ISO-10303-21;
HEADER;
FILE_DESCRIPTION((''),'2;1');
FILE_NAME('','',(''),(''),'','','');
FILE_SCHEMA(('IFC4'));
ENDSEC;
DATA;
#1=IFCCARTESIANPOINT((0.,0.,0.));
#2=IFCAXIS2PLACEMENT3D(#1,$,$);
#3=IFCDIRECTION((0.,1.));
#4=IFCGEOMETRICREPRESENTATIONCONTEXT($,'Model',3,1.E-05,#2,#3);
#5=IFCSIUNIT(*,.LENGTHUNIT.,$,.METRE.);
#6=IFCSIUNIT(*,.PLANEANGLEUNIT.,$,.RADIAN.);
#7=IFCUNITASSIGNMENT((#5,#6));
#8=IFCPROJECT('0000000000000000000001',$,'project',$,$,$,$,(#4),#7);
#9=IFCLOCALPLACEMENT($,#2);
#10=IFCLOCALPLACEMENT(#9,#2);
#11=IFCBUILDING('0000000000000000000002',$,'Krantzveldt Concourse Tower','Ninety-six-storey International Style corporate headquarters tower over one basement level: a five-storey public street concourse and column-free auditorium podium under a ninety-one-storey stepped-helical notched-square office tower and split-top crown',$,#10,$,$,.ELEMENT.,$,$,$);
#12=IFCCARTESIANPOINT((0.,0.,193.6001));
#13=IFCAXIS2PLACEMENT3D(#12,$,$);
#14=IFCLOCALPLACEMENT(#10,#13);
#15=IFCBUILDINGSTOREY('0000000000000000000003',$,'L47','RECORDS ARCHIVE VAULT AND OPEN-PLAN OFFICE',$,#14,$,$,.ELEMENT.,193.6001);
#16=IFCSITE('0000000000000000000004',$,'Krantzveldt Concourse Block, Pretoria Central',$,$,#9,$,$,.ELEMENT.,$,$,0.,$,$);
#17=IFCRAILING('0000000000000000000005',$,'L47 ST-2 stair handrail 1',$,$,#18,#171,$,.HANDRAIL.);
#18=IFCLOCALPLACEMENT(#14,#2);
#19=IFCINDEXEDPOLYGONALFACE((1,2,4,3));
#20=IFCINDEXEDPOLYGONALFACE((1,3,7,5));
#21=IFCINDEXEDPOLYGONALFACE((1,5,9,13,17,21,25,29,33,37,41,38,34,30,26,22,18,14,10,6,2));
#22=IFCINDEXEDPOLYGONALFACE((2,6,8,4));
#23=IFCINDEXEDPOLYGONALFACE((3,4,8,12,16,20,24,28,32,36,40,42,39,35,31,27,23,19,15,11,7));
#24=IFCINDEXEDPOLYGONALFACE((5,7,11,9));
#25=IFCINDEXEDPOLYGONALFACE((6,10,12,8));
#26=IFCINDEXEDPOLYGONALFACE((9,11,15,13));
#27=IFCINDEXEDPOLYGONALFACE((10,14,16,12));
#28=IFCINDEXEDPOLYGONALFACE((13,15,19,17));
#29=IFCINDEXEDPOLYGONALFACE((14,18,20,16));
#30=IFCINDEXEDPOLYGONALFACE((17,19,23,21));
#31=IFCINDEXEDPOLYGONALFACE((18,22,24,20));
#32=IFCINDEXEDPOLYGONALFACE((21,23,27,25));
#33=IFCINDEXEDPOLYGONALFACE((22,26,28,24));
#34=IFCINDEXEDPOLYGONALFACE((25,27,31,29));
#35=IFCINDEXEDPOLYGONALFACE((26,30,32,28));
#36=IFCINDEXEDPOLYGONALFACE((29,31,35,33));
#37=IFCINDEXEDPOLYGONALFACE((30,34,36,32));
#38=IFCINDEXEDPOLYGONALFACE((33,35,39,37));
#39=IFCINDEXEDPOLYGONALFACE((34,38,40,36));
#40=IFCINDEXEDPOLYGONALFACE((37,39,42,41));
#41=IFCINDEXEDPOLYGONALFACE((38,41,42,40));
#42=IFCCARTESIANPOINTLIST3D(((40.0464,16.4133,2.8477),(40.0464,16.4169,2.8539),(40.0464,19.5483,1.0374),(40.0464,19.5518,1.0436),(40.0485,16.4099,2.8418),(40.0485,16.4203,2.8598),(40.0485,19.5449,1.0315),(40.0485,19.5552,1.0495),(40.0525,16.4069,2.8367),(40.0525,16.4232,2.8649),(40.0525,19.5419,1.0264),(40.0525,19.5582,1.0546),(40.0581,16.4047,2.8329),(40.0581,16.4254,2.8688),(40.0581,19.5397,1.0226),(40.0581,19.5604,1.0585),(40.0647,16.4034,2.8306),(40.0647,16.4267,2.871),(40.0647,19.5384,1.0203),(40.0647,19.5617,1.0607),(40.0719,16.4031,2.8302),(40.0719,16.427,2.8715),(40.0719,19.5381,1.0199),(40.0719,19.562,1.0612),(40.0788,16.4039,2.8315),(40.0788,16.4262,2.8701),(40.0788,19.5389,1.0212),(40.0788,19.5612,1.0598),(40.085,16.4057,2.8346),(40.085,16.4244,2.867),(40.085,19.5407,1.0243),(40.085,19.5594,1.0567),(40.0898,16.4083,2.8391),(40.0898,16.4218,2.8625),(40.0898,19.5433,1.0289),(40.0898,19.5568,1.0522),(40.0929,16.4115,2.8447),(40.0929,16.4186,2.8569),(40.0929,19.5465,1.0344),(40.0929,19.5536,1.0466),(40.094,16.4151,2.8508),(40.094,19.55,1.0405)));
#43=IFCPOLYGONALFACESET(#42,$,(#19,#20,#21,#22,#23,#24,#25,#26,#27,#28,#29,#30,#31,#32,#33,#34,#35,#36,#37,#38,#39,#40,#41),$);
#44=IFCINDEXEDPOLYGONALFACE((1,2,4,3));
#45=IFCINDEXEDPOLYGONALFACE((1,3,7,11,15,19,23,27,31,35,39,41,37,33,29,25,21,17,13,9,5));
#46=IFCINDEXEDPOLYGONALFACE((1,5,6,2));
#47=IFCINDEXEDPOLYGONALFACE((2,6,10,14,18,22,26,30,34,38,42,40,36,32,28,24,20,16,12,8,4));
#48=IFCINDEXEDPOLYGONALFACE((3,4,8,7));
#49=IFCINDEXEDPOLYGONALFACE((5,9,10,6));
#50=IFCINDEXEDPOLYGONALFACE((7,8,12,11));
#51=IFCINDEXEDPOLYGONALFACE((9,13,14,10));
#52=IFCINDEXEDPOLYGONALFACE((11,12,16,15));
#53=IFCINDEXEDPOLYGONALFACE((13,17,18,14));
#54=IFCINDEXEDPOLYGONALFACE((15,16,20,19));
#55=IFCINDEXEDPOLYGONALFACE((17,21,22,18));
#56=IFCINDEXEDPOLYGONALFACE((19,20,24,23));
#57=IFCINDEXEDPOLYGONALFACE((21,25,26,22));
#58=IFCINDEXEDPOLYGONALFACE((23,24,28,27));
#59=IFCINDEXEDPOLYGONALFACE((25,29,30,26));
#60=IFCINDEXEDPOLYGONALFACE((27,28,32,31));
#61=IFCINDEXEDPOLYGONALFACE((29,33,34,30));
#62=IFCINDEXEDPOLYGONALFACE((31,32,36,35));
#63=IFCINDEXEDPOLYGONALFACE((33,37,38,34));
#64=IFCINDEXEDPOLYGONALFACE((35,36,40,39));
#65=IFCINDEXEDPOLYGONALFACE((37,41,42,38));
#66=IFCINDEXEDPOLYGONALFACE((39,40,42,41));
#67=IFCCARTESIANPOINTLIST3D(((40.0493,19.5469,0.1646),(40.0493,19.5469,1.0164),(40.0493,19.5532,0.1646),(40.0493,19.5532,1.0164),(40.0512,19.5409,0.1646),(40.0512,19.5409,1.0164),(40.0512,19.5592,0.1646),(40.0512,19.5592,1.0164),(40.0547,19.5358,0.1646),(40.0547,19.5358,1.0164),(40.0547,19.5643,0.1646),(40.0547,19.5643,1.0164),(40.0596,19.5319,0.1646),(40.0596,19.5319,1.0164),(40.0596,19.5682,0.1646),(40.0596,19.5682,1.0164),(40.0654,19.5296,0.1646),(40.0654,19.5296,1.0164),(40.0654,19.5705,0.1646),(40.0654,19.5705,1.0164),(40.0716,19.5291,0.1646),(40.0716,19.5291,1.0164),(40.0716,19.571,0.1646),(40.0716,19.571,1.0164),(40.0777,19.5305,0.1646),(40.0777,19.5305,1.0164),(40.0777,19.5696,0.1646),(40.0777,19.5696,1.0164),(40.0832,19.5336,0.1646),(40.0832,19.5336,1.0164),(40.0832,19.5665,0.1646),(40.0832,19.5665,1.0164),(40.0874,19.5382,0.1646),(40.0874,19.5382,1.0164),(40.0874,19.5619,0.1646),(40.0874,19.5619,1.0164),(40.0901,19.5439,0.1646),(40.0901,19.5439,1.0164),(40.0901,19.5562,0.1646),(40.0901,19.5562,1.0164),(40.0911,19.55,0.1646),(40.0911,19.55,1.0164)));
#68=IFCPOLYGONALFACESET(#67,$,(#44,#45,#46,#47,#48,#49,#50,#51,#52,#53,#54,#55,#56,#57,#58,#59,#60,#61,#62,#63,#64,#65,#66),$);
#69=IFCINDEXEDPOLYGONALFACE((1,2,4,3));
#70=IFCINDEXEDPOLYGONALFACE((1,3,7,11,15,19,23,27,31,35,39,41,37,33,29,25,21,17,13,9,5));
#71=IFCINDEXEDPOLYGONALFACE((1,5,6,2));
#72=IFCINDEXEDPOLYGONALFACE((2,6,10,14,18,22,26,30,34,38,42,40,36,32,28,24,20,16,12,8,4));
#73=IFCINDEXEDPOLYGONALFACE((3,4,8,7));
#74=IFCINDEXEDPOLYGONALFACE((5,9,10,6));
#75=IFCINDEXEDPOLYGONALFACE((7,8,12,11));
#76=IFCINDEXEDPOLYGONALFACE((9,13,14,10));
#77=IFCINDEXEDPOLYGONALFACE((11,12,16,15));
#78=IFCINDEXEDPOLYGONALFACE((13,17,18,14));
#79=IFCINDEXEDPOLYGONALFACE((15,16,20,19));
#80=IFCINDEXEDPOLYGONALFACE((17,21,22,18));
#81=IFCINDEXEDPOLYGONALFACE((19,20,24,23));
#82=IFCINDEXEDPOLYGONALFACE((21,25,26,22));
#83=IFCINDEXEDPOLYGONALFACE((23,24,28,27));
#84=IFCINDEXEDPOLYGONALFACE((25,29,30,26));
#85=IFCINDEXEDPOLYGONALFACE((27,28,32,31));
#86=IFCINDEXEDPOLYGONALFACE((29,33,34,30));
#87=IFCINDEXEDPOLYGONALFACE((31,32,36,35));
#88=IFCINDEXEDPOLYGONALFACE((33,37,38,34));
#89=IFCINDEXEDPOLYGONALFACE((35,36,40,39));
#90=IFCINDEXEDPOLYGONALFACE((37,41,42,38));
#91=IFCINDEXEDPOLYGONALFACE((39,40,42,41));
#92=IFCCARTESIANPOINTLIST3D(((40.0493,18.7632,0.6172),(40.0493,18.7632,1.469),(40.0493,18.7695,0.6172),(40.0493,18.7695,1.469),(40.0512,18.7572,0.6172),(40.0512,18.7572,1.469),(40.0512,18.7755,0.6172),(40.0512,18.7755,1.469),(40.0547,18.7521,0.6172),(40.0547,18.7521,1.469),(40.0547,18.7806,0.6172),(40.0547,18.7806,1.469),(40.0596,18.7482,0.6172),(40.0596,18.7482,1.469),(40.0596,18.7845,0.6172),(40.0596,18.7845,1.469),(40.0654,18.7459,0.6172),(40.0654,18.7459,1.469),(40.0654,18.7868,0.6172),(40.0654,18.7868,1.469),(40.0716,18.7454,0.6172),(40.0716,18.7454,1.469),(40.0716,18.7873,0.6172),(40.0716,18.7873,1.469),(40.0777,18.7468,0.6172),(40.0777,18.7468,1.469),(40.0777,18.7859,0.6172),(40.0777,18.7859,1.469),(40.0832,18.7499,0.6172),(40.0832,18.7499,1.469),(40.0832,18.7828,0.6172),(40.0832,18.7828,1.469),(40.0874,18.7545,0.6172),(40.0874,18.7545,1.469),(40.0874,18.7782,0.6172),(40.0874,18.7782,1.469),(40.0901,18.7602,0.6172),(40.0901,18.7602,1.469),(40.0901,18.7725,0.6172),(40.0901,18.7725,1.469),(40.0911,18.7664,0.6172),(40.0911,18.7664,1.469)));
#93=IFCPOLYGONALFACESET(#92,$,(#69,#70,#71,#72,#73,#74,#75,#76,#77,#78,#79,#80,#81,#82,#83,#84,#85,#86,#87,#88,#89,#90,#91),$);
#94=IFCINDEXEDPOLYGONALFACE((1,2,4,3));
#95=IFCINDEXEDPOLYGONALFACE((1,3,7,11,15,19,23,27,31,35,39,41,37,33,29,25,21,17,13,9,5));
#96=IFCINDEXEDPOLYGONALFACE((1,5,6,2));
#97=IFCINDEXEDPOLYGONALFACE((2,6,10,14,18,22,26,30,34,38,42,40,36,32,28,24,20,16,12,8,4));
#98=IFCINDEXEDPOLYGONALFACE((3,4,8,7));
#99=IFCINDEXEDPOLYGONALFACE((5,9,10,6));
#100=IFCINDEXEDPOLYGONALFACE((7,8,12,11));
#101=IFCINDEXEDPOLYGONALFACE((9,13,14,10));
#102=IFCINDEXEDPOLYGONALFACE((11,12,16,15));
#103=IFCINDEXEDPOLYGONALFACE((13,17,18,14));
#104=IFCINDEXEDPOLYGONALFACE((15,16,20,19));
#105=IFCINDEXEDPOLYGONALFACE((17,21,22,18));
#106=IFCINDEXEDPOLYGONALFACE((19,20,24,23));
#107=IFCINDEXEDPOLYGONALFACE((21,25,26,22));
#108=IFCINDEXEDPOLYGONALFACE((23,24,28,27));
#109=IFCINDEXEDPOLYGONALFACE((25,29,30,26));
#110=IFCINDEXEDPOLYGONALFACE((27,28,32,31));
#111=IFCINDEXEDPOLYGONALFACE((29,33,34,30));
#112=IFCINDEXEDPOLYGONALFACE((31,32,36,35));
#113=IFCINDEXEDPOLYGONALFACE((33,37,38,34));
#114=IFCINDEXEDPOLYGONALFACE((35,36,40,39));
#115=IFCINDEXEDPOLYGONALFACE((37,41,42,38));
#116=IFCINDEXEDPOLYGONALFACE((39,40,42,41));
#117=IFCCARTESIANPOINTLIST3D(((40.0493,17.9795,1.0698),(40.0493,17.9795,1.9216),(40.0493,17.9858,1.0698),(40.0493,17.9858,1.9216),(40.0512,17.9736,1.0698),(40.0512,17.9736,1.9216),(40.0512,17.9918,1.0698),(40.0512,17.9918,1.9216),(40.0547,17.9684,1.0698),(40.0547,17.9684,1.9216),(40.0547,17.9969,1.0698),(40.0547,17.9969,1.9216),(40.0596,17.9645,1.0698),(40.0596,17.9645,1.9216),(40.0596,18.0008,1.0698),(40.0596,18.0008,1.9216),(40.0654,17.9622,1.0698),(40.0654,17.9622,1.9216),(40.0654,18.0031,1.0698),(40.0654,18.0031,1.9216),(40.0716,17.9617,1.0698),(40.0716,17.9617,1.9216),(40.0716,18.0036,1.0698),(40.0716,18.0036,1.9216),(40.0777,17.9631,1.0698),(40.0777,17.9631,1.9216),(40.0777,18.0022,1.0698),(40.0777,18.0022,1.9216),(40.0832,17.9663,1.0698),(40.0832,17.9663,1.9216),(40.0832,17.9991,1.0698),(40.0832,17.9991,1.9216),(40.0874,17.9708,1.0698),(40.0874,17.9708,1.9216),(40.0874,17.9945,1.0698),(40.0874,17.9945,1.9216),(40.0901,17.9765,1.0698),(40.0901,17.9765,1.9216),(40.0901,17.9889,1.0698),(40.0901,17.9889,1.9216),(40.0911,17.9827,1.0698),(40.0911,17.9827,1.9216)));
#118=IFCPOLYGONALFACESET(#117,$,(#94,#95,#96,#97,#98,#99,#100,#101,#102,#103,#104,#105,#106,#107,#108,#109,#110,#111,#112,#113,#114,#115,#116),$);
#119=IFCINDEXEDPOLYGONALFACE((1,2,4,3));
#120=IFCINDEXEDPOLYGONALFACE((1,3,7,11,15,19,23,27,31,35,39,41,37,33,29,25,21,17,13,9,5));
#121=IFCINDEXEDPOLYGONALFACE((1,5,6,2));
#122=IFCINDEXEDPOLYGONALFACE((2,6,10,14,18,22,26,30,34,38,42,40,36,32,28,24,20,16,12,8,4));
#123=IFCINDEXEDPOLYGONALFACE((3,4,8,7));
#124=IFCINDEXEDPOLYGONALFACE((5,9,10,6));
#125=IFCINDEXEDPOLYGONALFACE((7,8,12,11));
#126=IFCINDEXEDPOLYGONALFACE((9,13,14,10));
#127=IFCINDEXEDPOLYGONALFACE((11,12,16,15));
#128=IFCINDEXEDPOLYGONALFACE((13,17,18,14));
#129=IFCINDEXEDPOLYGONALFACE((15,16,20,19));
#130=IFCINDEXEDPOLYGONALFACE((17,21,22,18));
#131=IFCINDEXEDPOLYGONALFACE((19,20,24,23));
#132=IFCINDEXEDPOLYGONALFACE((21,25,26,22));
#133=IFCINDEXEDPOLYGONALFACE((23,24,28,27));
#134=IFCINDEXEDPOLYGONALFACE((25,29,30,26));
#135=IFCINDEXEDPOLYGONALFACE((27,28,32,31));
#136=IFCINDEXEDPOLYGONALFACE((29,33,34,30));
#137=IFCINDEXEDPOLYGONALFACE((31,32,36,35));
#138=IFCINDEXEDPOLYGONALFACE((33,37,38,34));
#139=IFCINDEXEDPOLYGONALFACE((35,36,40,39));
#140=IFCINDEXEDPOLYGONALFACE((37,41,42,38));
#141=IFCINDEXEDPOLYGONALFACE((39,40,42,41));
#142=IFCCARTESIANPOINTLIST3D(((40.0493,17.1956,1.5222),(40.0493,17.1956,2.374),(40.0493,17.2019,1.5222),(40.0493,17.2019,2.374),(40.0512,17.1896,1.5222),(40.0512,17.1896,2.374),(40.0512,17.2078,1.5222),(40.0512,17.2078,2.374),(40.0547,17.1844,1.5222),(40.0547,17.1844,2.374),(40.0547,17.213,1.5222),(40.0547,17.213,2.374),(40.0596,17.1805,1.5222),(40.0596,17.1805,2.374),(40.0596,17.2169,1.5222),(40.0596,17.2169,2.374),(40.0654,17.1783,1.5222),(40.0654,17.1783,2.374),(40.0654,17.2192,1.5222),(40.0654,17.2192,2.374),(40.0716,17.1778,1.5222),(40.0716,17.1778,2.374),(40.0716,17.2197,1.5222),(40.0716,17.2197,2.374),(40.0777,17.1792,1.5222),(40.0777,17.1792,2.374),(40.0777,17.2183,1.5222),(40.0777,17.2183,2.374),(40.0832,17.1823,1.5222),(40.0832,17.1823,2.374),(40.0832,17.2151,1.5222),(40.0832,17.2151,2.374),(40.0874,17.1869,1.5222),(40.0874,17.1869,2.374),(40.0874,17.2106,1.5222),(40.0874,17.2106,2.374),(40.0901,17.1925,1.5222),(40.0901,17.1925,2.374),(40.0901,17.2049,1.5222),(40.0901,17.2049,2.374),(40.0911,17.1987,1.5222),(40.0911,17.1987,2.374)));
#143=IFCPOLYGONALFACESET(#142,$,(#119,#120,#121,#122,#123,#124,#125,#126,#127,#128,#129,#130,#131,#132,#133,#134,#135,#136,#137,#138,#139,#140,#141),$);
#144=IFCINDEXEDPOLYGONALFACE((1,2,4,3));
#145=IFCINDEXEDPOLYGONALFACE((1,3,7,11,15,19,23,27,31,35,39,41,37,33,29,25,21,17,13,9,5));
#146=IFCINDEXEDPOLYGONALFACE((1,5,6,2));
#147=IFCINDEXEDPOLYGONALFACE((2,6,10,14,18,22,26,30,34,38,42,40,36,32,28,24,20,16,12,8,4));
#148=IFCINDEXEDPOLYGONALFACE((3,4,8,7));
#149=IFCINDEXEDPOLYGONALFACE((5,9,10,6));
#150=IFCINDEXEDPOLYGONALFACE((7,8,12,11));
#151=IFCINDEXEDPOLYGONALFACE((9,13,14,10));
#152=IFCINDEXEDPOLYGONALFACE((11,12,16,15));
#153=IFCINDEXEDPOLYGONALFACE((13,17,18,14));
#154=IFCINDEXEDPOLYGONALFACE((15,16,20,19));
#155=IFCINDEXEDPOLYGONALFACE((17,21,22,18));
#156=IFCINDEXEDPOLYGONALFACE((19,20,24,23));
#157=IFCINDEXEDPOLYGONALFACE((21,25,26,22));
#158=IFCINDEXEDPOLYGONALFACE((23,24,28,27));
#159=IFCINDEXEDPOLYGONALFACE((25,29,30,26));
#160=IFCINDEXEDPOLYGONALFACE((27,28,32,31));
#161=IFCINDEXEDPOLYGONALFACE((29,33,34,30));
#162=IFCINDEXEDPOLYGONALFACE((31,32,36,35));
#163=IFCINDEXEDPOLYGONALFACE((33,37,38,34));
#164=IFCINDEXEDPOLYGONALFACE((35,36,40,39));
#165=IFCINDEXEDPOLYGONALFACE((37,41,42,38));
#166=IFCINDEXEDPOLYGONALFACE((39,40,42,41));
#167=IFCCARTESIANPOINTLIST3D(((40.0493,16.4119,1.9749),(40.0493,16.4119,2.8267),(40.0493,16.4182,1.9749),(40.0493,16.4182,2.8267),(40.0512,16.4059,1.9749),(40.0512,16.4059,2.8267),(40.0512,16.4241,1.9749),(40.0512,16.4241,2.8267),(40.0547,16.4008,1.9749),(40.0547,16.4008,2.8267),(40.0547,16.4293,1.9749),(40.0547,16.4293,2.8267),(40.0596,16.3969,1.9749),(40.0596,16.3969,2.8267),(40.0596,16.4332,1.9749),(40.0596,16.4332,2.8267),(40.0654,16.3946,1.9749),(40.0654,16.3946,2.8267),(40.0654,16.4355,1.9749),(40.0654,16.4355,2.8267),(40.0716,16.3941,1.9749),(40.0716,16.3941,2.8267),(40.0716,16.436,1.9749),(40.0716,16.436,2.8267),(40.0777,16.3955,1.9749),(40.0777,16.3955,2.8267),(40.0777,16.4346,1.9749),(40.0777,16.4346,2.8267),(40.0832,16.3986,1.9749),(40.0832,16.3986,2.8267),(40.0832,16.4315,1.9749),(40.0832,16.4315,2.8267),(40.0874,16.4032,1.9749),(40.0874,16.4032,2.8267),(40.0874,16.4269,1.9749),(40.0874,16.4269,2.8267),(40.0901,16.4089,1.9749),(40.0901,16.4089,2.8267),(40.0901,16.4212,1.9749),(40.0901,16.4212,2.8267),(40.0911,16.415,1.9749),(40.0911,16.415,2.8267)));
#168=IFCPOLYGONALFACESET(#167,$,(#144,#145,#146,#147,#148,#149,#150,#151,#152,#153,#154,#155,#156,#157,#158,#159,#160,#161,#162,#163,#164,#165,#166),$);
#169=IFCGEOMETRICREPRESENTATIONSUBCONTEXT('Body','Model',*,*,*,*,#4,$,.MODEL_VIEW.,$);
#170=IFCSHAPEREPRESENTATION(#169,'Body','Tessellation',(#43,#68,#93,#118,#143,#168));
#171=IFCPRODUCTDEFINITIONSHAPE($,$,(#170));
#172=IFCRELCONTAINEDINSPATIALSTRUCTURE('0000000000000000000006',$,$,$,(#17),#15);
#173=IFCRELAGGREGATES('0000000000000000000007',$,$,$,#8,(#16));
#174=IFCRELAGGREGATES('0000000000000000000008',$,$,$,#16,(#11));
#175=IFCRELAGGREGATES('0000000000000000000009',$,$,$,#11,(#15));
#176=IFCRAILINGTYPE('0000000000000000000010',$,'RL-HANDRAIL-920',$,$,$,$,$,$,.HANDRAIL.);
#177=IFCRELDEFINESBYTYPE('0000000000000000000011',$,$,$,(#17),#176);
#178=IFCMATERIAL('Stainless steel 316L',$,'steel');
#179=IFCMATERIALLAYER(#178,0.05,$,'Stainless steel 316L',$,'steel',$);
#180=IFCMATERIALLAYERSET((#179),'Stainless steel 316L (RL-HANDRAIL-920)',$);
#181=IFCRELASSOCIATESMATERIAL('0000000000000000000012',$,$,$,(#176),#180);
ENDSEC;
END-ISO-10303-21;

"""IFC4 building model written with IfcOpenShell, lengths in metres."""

from ifc_helpers import new_model, si_unit, direction, frame, origin, origin_2d, place, context, subcontext, project, spatial, circle, extrude, material, layer, layer_set, type_object, element, save


model = new_model("IFC4")

# Units and contexts
model_context = context("Model", 3, precision=1e-05, world=origin(), true_north=direction((0.0, 1.0)))
body_context = subcontext(model_context, "Body", "Model", "MODEL_VIEW")
ifc_project = project(units=[si_unit("LENGTHUNIT", "METRE"), si_unit("PLANEANGLEUNIT", "RADIAN")], contexts=[model_context])

# Site, building, storey
site_placement = place(None, origin())
site = spatial("IfcSite", under=ifc_project, at=site_placement, Name="Krantzveldt Concourse Block, Pretoria Central", CompositionType="ELEMENT", RefElevation=0.0)
building_placement = place(site_placement, origin())
building = spatial("IfcBuilding", under=site, at=building_placement, Name="Krantzveldt Concourse Tower", Description="Ninety-six-storey International Style corporate headquarters tower over one basement level: a five-storey public street concourse and column-free auditorium podium under a ninety-one-storey stepped-helical notched-square office tower and split-top crown", CompositionType="ELEMENT")
storey_placement = place(building_placement, frame((0.0, 0.0, 193.6001)))
storey = spatial("IfcBuildingStorey", under=building, at=storey_placement, Name="L47", Description="RECORDS ARCHIVE VAULT AND OPEN-PLAN OFFICE", CompositionType="ELEMENT", Elevation=193.6001)

# Shared definitions
ifc_material_1 = material(Name="Stainless steel 316L", Category="steel")

# Railing
ifc_layer_1 = layer(ifc_material_1, 0.05, Name="Stainless steel 316L", Category="steel")
ifc_layer_set_1 = layer_set([ifc_layer_1], Name="Stainless steel 316L (RL-HANDRAIL-920)")
railing_type_1 = type_object("IfcRailingType", Name="RL-HANDRAIL-920", PredefinedType="HANDRAIL", material=ifc_layer_set_1)
railing_1_placement = place(storey_placement, frame((40.0701, 19.55, 0.1646)))
element("IfcRailing", 1, at=railing_1_placement, inside=storey, type_object=railing_type_1, Name="L47 ST-2 stair handrail 1", PredefinedType="HANDRAIL", context=body_context, shape_type="SweptSolid", body=[
    extrude(circle(Radius=0.0239, at=origin_2d()), frame((0.0, 0.0, 0.876), z_axis=(0.0, -0.865989, 0.500063), x_axis=(1.0, 0.0, 0.0)), (0.0, 0.0, 1.0), 3.6201),
    extrude(circle(Radius=0.021, at=origin_2d()), origin(), (0.0, 0.0, 1.0), 0.8518),
    extrude(circle(Radius=0.021, at=origin_2d()), frame((0.0, -0.7837, 0.4526)), (0.0, 0.0, 1.0), 0.8518),
    extrude(circle(Radius=0.021, at=origin_2d()), frame((0.0, -1.5674, 0.9053)), (0.0, 0.0, 1.0), 0.8518),
    extrude(circle(Radius=0.021, at=origin_2d()), frame((0.0, -2.3513, 1.3577)), (0.0, 0.0, 1.0), 0.8518),
    extrude(circle(Radius=0.021, at=origin_2d()), frame((0.0, -3.135, 1.8103)), (0.0, 0.0, 1.0), 0.8518),
])

save(model, "model.ifc")
